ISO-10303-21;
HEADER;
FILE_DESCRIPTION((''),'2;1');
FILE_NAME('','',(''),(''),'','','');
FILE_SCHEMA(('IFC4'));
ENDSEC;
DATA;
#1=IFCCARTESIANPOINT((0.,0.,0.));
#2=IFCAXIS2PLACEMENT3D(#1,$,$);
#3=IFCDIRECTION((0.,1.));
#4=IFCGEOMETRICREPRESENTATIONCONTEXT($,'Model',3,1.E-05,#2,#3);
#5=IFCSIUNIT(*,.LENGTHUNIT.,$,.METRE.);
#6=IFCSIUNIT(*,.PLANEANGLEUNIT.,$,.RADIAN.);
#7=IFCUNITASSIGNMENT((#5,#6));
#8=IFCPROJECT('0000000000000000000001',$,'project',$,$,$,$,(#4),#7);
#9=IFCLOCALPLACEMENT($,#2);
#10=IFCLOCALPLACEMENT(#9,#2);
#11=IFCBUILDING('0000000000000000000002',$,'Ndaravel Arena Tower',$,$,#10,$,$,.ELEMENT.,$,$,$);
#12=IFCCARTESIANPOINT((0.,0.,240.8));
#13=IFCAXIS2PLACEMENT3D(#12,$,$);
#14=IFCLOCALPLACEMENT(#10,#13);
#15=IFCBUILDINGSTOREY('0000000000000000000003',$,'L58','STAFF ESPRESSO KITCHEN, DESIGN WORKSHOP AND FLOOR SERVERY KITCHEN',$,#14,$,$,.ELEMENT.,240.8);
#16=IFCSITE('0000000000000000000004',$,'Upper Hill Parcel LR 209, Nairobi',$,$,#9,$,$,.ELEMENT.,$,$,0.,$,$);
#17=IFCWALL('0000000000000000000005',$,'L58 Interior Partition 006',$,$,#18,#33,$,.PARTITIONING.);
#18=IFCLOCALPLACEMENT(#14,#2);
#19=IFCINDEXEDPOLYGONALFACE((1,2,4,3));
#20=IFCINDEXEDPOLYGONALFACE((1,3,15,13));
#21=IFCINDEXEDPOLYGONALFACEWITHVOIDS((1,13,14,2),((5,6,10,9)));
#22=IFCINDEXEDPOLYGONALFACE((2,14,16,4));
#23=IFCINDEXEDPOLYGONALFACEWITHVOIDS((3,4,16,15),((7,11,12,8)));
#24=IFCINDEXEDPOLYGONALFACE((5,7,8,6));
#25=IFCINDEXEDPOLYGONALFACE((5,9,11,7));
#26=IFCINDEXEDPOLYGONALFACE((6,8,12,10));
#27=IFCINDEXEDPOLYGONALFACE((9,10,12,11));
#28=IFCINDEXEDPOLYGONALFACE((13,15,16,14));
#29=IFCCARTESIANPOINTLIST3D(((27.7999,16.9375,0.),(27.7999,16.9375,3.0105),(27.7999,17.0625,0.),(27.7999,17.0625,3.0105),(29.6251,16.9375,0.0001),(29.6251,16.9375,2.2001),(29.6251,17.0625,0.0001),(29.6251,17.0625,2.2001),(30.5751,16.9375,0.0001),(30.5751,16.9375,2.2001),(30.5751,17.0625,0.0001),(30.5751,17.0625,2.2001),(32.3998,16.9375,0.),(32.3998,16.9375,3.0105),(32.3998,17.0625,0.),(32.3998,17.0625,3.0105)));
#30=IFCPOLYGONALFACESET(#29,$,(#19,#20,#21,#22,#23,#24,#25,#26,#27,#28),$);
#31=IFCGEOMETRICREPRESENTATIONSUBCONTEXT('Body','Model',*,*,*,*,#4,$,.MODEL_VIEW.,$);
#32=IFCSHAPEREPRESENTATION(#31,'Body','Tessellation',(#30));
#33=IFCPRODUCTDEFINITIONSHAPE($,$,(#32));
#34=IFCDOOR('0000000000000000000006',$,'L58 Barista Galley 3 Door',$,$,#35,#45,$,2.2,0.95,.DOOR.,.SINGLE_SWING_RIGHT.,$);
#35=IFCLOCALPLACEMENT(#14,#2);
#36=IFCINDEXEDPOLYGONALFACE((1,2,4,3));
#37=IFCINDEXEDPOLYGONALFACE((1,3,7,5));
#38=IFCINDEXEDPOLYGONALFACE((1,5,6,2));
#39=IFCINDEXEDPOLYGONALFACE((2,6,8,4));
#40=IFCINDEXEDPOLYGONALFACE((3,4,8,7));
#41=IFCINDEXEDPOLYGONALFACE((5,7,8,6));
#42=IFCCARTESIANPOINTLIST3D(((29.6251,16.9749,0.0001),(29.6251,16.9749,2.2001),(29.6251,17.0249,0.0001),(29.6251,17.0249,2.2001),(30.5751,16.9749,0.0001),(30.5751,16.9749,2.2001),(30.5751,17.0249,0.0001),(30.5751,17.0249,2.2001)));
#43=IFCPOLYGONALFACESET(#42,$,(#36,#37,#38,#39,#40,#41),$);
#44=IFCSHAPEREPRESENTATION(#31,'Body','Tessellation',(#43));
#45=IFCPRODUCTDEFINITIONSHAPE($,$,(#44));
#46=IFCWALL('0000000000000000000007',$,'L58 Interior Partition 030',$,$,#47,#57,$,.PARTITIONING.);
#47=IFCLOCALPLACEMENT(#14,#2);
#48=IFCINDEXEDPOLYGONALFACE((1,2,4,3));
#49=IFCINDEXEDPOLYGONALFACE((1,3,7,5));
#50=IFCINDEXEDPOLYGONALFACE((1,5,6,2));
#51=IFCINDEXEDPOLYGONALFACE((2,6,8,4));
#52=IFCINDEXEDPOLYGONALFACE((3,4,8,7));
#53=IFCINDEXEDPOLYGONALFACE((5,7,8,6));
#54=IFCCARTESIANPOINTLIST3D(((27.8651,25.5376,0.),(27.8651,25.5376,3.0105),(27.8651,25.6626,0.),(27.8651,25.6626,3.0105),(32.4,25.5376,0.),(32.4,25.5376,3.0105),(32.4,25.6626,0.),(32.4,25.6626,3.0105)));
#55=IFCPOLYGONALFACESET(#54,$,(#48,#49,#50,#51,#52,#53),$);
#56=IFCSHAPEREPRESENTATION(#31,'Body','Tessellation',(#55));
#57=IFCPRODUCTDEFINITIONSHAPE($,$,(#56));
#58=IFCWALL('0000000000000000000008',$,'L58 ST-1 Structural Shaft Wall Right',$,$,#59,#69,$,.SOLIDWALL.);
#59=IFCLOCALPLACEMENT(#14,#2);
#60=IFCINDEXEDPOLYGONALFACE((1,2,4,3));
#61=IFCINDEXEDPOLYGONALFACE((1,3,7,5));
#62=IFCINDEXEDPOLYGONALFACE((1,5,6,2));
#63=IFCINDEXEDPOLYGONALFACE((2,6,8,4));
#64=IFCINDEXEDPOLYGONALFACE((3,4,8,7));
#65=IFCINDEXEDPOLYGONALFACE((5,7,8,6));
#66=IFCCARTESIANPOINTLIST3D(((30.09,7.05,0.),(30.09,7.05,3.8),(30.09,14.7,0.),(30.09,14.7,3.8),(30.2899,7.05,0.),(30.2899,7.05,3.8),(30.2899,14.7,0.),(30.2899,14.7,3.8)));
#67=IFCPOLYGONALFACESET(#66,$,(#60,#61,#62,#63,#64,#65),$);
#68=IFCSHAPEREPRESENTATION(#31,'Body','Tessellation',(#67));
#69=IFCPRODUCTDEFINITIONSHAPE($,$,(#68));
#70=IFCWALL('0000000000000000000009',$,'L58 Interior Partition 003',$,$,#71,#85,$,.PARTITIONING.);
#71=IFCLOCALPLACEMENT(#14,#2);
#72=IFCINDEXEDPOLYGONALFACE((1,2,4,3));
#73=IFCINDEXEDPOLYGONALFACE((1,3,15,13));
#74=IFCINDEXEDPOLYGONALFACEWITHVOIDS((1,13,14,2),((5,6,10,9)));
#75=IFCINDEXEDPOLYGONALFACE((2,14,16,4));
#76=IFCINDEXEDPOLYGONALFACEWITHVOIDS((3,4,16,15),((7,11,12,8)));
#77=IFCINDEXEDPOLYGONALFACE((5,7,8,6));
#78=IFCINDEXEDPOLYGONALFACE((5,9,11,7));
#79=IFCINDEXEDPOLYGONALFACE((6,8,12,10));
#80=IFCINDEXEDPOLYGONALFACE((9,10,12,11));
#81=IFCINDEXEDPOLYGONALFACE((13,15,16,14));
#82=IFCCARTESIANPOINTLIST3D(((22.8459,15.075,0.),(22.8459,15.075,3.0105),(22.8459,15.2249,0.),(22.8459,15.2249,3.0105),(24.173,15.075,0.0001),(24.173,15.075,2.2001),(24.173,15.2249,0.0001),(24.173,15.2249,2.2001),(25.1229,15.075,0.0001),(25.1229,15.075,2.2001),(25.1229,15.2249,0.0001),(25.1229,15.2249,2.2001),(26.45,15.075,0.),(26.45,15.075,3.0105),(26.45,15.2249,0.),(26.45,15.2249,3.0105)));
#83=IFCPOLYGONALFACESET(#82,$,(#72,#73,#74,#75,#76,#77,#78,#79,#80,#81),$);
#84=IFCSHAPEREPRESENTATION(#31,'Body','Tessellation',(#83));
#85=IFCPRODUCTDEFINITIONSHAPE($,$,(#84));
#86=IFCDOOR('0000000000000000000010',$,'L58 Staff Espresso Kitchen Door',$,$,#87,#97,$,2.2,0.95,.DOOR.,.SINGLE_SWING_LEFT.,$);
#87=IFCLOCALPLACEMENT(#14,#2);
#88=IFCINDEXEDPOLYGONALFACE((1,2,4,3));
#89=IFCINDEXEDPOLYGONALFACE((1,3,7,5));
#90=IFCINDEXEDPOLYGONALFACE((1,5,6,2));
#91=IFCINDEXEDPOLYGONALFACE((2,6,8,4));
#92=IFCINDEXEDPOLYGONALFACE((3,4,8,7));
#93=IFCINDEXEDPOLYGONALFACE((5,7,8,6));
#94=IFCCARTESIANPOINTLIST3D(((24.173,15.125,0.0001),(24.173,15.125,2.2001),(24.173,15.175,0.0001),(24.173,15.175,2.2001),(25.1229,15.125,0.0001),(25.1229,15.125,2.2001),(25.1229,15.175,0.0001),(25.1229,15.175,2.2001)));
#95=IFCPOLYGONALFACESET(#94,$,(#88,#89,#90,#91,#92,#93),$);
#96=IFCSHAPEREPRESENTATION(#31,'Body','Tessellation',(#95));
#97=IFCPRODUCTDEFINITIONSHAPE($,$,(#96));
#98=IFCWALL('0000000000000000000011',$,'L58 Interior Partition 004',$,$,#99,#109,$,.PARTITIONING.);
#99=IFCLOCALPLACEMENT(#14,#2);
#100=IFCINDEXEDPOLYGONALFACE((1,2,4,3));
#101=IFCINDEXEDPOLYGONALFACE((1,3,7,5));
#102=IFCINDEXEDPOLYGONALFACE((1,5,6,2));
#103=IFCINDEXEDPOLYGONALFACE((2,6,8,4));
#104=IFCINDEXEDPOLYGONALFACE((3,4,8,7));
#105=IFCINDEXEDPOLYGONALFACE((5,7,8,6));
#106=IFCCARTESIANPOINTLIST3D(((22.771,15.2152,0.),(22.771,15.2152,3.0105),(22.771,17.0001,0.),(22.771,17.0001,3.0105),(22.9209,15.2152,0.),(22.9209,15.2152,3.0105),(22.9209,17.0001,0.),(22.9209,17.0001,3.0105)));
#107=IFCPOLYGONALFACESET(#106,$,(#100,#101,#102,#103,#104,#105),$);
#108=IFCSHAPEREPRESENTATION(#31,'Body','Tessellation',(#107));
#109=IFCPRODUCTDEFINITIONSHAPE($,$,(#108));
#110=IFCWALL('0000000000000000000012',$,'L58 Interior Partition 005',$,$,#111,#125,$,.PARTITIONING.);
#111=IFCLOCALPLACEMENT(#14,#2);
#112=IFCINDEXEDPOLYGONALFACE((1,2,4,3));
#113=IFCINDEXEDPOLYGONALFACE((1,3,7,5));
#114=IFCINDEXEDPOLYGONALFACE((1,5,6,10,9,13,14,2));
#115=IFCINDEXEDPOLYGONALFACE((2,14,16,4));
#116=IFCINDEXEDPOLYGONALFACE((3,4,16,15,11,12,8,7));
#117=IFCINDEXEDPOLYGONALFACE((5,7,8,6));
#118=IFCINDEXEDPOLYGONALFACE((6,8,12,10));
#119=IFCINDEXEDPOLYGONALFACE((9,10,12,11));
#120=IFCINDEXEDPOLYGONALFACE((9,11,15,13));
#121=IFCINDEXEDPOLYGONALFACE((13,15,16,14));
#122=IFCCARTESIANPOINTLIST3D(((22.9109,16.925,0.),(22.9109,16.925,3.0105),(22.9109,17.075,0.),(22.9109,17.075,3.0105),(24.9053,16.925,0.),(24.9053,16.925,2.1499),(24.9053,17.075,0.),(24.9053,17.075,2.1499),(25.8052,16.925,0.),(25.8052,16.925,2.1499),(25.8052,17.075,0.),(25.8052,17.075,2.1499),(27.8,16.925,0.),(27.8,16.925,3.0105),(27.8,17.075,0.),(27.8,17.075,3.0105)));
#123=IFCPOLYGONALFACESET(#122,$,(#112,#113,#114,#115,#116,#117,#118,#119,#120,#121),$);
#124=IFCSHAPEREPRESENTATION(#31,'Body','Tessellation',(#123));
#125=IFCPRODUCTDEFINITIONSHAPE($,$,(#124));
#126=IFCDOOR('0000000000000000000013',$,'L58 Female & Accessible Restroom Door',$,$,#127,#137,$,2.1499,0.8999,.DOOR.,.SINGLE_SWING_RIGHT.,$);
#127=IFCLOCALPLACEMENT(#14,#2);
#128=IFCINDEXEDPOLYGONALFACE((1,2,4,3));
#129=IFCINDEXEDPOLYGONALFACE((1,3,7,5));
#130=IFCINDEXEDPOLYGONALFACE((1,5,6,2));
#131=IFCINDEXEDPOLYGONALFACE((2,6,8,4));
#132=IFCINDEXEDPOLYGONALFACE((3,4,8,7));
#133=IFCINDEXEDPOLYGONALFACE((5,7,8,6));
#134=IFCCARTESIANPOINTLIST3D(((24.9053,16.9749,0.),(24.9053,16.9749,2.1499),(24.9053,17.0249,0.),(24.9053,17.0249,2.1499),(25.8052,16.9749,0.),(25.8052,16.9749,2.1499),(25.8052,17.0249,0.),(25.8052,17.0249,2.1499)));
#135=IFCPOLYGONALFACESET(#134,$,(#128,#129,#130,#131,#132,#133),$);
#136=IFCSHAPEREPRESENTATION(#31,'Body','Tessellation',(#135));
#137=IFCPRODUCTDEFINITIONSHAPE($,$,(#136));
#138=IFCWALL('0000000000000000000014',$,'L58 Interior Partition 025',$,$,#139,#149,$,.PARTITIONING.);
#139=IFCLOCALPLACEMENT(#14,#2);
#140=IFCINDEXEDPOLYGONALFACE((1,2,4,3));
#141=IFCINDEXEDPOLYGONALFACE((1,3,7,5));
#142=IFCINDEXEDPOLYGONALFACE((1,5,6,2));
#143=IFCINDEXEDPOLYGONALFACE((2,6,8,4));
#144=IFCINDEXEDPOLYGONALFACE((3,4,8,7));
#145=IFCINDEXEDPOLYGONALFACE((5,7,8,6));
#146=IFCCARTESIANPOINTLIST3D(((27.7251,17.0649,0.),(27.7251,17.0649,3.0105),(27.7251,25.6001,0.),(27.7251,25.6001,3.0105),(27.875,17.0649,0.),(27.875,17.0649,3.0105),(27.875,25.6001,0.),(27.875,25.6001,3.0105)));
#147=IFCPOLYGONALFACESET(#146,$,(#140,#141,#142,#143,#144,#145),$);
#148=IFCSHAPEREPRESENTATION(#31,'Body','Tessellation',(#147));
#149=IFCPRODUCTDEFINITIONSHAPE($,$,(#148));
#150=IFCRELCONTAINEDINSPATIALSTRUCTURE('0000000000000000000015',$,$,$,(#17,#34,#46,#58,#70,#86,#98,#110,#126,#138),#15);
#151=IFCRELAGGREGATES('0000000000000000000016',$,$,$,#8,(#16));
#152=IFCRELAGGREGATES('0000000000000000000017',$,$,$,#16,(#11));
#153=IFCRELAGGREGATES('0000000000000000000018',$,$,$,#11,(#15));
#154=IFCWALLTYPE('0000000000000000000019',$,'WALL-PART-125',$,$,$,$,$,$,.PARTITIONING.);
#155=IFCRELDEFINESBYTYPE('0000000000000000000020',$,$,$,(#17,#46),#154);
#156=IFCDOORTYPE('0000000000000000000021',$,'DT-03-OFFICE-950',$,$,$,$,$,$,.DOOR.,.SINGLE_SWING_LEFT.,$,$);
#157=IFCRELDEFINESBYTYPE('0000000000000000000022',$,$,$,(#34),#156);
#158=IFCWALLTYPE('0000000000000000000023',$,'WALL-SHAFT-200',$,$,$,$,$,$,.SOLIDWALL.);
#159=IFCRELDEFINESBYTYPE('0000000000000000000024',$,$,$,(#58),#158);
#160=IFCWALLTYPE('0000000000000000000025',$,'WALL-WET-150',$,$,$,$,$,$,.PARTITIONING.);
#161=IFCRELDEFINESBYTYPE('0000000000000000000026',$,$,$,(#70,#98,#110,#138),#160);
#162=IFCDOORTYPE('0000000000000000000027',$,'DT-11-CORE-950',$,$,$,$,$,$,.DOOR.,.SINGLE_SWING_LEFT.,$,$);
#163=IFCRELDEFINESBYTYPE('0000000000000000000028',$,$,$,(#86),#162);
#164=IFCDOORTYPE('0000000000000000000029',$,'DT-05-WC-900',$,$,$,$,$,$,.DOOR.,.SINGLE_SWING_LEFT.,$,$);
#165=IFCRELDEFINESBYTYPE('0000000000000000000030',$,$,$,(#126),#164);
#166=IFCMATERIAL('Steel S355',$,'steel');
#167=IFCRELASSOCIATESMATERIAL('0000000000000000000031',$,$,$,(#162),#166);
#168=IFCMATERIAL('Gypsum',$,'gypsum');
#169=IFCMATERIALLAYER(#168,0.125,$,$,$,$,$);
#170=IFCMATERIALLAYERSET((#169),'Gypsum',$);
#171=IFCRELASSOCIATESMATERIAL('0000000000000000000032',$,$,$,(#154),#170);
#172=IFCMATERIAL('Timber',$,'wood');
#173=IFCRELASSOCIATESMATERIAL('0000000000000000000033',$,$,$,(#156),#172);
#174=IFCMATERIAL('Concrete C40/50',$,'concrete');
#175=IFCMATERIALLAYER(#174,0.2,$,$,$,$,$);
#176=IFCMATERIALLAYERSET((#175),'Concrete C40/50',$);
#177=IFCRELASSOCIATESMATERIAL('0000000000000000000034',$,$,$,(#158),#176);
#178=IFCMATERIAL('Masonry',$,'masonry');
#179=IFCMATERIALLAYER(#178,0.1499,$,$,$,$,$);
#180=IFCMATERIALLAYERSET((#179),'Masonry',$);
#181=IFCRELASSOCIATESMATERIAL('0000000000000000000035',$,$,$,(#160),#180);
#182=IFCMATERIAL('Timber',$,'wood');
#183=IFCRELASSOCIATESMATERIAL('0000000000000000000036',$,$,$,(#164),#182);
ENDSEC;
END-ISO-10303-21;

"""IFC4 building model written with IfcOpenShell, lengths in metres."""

from ifc_helpers import new_model, si_unit, direction, frame, frame_2d, origin, place, context, subcontext, project, spatial, rectangle, extrude, material, layer, layer_set, type_object, element, fill, save


model = new_model("IFC4")

# Units and contexts
model_context = context("Model", 3, precision=1e-05, world=origin(), true_north=direction((0.0, 1.0)))
body_context = subcontext(model_context, "Body", "Model", "MODEL_VIEW")
ifc_project = project(units=[si_unit("LENGTHUNIT", "METRE"), si_unit("PLANEANGLEUNIT", "RADIAN")], contexts=[model_context])

# Site, building, storey
site_placement = place(None, origin())
site = spatial("IfcSite", under=ifc_project, at=site_placement, Name="Upper Hill Parcel LR 209, Nairobi", CompositionType="ELEMENT", RefElevation=0.0)
building_placement = place(site_placement, origin())
building = spatial("IfcBuilding", under=site, at=building_placement, Name="Ndaravel Arena Tower", CompositionType="ELEMENT")
storey_placement = place(building_placement, frame((0.0, 0.0, 240.8)))
storey = spatial("IfcBuildingStorey", under=building, at=storey_placement, Name="L58", Description="STAFF ESPRESSO KITCHEN, DESIGN WORKSHOP AND FLOOR SERVERY KITCHEN", CompositionType="ELEMENT", Elevation=240.8)

# Shared definitions
ifc_material_1 = material(Name="Steel S355", Category="steel")
door_type_1 = type_object("IfcDoorType", Name="DT-11-CORE-950", OperationType="SINGLE_SWING_LEFT", PredefinedType="DOOR", material=ifc_material_1)

# Wall, opening, door
ifc_material_2 = material(Name="Gypsum", Category="gypsum")
ifc_layer_1 = layer(ifc_material_2, 0.125)
ifc_layer_set_1 = layer_set([ifc_layer_1], Name="Gypsum")
wall_type_1 = type_object("IfcWallType", Name="WALL-PART-125", PredefinedType="PARTITIONING", material=ifc_layer_set_1)
wall_1_placement = place(storey_placement, frame((27.8, 17.0, 0.0), z_axis=(0.0, 0.0, 1.0), x_axis=(1.0, 0.0, 0.0)))
wall_1 = element("IfcWall", 1, at=wall_1_placement, inside=storey, type_object=wall_type_1, Name="L58 Interior Partition 006", PredefinedType="PARTITIONING", context=body_context, shape_type="SweptSolid", body=[
    extrude(rectangle(XDim=4.5999, YDim=0.125, at=frame_2d((2.2998, 0.0))), origin(), (0.0, 0.0, 1.0), 3.0105),
])
opening_1_placement = place(wall_1_placement, frame((1.825, 0.0, 0.0)))
opening_1 = element("IfcOpeningElement", 2, at=opening_1_placement, cuts=wall_1, PredefinedType="OPENING", context=body_context, shape_type="SweptSolid", body=[
    extrude(rectangle(XDim=0.95, YDim=2.2, at=frame_2d((0.4751, 1.1001))), frame((0.0, 0.0625, 0.0), z_axis=(0.0, -1.0, 0.0), x_axis=(1.0, 0.0, 0.0)), (0.0, 0.0, 1.0), 0.125),
])
ifc_material_3 = material(Name="Timber", Category="wood")
door_type_2 = type_object("IfcDoorType", Name="DT-03-OFFICE-950", OperationType="SINGLE_SWING_LEFT", PredefinedType="DOOR", material=ifc_material_3)
door_1_placement = place(opening_1_placement, origin())
door_1 = element("IfcDoor", 3, at=door_1_placement, inside=storey, type_object=door_type_2, Name="L58 Barista Galley 3 Door", OperationType="SINGLE_SWING_RIGHT", OverallHeight=2.2, OverallWidth=0.95, PredefinedType="DOOR", context=body_context, shape_type="SweptSolid", body=[
    extrude(rectangle(XDim=0.95, YDim=2.2, at=frame_2d((0.4751, 1.1001))), frame((0.0, 0.0249, 0.0), z_axis=(0.0, -1.0, 0.0), x_axis=(1.0, 0.0, 0.0)), (0.0, 0.0, 1.0), 0.05),
])
fill(opening_1, door_1)

# Walls
wall_2_placement = place(storey_placement, frame((27.865, 25.6001, 0.0), z_axis=(0.0, 0.0, 1.0), x_axis=(1.0, 0.0, 0.0)))
element("IfcWall", 4, at=wall_2_placement, inside=storey, type_object=wall_type_1, Name="L58 Interior Partition 030", PredefinedType="PARTITIONING", context=body_context, shape_type="SweptSolid", body=[
    extrude(rectangle(XDim=4.5349, YDim=0.125, at=frame_2d((2.2676, 0.0))), origin(), (0.0, 0.0, 1.0), 3.0105),
])
ifc_material_4 = material(Name="Concrete C40/50", Category="concrete")
ifc_layer_2 = layer(ifc_material_4, 0.2)
ifc_layer_set_2 = layer_set([ifc_layer_2], Name="Concrete C40/50")
wall_type_2 = type_object("IfcWallType", Name="WALL-SHAFT-200", PredefinedType="SOLIDWALL", material=ifc_layer_set_2)
wall_3_placement = place(storey_placement, frame((30.1899, 14.7, 0.0), z_axis=(0.0, 0.0, 1.0), x_axis=(0.0, -1.0, 0.0)))
element("IfcWall", 5, at=wall_3_placement, inside=storey, type_object=wall_type_2, Name="L58 ST-1 Structural Shaft Wall Right", PredefinedType="SOLIDWALL", context=body_context, shape_type="SweptSolid", body=[
    extrude(rectangle(XDim=7.6499, YDim=0.2, at=frame_2d((3.825, 0.0))), origin(), (0.0, 0.0, 1.0), 3.8),
])

# Wall, opening, door
ifc_material_5 = material(Name="Masonry", Category="masonry")
ifc_layer_3 = layer(ifc_material_5, 0.1499)
ifc_layer_set_3 = layer_set([ifc_layer_3], Name="Masonry")
wall_type_3 = type_object("IfcWallType", Name="WALL-WET-150", PredefinedType="PARTITIONING", material=ifc_layer_set_3)
wall_4_placement = place(storey_placement, frame((26.45, 15.1499, 0.0), z_axis=(0.0, 0.0, 1.0), x_axis=(-1.0, 0.0, 0.0)))
wall_4 = element("IfcWall", 6, at=wall_4_placement, inside=storey, type_object=wall_type_3, Name="L58 Interior Partition 003", PredefinedType="PARTITIONING", context=body_context, shape_type="SweptSolid", body=[
    extrude(rectangle(XDim=3.604, YDim=0.1499, at=frame_2d((1.802, 0.0))), origin(), (0.0, 0.0, 1.0), 3.0105),
])
opening_2_placement = place(wall_4_placement, frame((1.3269, 0.0, 0.0)))
opening_2 = element("IfcOpeningElement", 7, at=opening_2_placement, cuts=wall_4, PredefinedType="OPENING", context=body_context, shape_type="SweptSolid", body=[
    extrude(rectangle(XDim=0.95, YDim=2.2, at=frame_2d((0.4751, 1.1001))), frame((0.0, 0.075, 0.0), z_axis=(0.0, -1.0, 0.0), x_axis=(1.0, 0.0, 0.0)), (0.0, 0.0, 1.0), 0.1499),
])
door_2_placement = place(opening_2_placement, origin())
door_2 = element("IfcDoor", 8, at=door_2_placement, inside=storey, type_object=door_type_1, Name="L58 Staff Espresso Kitchen Door", OperationType="SINGLE_SWING_LEFT", OverallHeight=2.2, OverallWidth=0.95, PredefinedType="DOOR", context=body_context, shape_type="SweptSolid", body=[
    extrude(rectangle(XDim=0.95, YDim=2.2, at=frame_2d((0.4751, 1.1001))), frame((0.0, 0.0249, 0.0), z_axis=(0.0, -1.0, 0.0), x_axis=(1.0, 0.0, 0.0)), (0.0, 0.0, 1.0), 0.05),
])
fill(opening_2, door_2)

# Wall
wall_5_placement = place(storey_placement, frame((22.8459, 15.2151, 0.0), z_axis=(0.0, 0.0, 1.0), x_axis=(0.0, 1.0, 0.0)))
element("IfcWall", 9, at=wall_5_placement, inside=storey, type_object=wall_type_3, Name="L58 Interior Partition 004", PredefinedType="PARTITIONING", context=body_context, shape_type="SweptSolid", body=[
    extrude(rectangle(XDim=1.7849, YDim=0.1499, at=frame_2d((0.8926, 0.0))), origin(), (0.0, 0.0, 1.0), 3.0105),
])

# Wall, opening, door
wall_6_placement = place(storey_placement, frame((22.9109, 17.0, 0.0), z_axis=(0.0, 0.0, 1.0), x_axis=(1.0, 0.0, 0.0)))
wall_6 = element("IfcWall", 10, at=wall_6_placement, inside=storey, type_object=wall_type_3, Name="L58 Interior Partition 005", PredefinedType="PARTITIONING", context=body_context, shape_type="SweptSolid", body=[
    extrude(rectangle(XDim=4.8892, YDim=0.1499, at=frame_2d((2.4446, 0.0))), origin(), (0.0, 0.0, 1.0), 3.0105),
])
opening_3_placement = place(wall_6_placement, frame((1.9944, 0.0, 0.0)))
opening_3 = element("IfcOpeningElement", 11, at=opening_3_placement, cuts=wall_6, PredefinedType="OPENING", context=body_context, shape_type="SweptSolid", body=[
    extrude(rectangle(XDim=0.8999, YDim=2.1499, at=frame_2d((0.45, 1.075))), frame((0.0, 0.075, 0.0), z_axis=(0.0, -1.0, 0.0), x_axis=(1.0, 0.0, 0.0)), (0.0, 0.0, 1.0), 0.1499),
])
ifc_material_6 = material(Name="Timber", Category="wood")
door_type_3 = type_object("IfcDoorType", Name="DT-05-WC-900", OperationType="SINGLE_SWING_LEFT", PredefinedType="DOOR", material=ifc_material_6)
door_3_placement = place(opening_3_placement, origin())
door_3 = element("IfcDoor", 12, at=door_3_placement, inside=storey, type_object=door_type_3, Name="L58 Female & Accessible Restroom Door", OperationType="SINGLE_SWING_RIGHT", OverallHeight=2.1499, OverallWidth=0.8999, PredefinedType="DOOR", context=body_context, shape_type="SweptSolid", body=[
    extrude(rectangle(XDim=0.8999, YDim=2.1499, at=frame_2d((0.45, 1.075))), frame((0.0, 0.0249, 0.0), z_axis=(0.0, -1.0, 0.0), x_axis=(1.0, 0.0, 0.0)), (0.0, 0.0, 1.0), 0.05),
])
fill(opening_3, door_3)

# Wall
wall_7_placement = place(storey_placement, frame((27.8, 25.6001, 0.0), z_axis=(0.0, 0.0, 1.0), x_axis=(0.0, -1.0, 0.0)))
element("IfcWall", 13, at=wall_7_placement, inside=storey, type_object=wall_type_3, Name="L58 Interior Partition 025", PredefinedType="PARTITIONING", context=body_context, shape_type="SweptSolid", body=[
    extrude(rectangle(XDim=8.5352, YDim=0.1499, at=frame_2d((4.2676, 0.0))), origin(), (0.0, 0.0, 1.0), 3.0105),
])

save(model, "model.ifc")
